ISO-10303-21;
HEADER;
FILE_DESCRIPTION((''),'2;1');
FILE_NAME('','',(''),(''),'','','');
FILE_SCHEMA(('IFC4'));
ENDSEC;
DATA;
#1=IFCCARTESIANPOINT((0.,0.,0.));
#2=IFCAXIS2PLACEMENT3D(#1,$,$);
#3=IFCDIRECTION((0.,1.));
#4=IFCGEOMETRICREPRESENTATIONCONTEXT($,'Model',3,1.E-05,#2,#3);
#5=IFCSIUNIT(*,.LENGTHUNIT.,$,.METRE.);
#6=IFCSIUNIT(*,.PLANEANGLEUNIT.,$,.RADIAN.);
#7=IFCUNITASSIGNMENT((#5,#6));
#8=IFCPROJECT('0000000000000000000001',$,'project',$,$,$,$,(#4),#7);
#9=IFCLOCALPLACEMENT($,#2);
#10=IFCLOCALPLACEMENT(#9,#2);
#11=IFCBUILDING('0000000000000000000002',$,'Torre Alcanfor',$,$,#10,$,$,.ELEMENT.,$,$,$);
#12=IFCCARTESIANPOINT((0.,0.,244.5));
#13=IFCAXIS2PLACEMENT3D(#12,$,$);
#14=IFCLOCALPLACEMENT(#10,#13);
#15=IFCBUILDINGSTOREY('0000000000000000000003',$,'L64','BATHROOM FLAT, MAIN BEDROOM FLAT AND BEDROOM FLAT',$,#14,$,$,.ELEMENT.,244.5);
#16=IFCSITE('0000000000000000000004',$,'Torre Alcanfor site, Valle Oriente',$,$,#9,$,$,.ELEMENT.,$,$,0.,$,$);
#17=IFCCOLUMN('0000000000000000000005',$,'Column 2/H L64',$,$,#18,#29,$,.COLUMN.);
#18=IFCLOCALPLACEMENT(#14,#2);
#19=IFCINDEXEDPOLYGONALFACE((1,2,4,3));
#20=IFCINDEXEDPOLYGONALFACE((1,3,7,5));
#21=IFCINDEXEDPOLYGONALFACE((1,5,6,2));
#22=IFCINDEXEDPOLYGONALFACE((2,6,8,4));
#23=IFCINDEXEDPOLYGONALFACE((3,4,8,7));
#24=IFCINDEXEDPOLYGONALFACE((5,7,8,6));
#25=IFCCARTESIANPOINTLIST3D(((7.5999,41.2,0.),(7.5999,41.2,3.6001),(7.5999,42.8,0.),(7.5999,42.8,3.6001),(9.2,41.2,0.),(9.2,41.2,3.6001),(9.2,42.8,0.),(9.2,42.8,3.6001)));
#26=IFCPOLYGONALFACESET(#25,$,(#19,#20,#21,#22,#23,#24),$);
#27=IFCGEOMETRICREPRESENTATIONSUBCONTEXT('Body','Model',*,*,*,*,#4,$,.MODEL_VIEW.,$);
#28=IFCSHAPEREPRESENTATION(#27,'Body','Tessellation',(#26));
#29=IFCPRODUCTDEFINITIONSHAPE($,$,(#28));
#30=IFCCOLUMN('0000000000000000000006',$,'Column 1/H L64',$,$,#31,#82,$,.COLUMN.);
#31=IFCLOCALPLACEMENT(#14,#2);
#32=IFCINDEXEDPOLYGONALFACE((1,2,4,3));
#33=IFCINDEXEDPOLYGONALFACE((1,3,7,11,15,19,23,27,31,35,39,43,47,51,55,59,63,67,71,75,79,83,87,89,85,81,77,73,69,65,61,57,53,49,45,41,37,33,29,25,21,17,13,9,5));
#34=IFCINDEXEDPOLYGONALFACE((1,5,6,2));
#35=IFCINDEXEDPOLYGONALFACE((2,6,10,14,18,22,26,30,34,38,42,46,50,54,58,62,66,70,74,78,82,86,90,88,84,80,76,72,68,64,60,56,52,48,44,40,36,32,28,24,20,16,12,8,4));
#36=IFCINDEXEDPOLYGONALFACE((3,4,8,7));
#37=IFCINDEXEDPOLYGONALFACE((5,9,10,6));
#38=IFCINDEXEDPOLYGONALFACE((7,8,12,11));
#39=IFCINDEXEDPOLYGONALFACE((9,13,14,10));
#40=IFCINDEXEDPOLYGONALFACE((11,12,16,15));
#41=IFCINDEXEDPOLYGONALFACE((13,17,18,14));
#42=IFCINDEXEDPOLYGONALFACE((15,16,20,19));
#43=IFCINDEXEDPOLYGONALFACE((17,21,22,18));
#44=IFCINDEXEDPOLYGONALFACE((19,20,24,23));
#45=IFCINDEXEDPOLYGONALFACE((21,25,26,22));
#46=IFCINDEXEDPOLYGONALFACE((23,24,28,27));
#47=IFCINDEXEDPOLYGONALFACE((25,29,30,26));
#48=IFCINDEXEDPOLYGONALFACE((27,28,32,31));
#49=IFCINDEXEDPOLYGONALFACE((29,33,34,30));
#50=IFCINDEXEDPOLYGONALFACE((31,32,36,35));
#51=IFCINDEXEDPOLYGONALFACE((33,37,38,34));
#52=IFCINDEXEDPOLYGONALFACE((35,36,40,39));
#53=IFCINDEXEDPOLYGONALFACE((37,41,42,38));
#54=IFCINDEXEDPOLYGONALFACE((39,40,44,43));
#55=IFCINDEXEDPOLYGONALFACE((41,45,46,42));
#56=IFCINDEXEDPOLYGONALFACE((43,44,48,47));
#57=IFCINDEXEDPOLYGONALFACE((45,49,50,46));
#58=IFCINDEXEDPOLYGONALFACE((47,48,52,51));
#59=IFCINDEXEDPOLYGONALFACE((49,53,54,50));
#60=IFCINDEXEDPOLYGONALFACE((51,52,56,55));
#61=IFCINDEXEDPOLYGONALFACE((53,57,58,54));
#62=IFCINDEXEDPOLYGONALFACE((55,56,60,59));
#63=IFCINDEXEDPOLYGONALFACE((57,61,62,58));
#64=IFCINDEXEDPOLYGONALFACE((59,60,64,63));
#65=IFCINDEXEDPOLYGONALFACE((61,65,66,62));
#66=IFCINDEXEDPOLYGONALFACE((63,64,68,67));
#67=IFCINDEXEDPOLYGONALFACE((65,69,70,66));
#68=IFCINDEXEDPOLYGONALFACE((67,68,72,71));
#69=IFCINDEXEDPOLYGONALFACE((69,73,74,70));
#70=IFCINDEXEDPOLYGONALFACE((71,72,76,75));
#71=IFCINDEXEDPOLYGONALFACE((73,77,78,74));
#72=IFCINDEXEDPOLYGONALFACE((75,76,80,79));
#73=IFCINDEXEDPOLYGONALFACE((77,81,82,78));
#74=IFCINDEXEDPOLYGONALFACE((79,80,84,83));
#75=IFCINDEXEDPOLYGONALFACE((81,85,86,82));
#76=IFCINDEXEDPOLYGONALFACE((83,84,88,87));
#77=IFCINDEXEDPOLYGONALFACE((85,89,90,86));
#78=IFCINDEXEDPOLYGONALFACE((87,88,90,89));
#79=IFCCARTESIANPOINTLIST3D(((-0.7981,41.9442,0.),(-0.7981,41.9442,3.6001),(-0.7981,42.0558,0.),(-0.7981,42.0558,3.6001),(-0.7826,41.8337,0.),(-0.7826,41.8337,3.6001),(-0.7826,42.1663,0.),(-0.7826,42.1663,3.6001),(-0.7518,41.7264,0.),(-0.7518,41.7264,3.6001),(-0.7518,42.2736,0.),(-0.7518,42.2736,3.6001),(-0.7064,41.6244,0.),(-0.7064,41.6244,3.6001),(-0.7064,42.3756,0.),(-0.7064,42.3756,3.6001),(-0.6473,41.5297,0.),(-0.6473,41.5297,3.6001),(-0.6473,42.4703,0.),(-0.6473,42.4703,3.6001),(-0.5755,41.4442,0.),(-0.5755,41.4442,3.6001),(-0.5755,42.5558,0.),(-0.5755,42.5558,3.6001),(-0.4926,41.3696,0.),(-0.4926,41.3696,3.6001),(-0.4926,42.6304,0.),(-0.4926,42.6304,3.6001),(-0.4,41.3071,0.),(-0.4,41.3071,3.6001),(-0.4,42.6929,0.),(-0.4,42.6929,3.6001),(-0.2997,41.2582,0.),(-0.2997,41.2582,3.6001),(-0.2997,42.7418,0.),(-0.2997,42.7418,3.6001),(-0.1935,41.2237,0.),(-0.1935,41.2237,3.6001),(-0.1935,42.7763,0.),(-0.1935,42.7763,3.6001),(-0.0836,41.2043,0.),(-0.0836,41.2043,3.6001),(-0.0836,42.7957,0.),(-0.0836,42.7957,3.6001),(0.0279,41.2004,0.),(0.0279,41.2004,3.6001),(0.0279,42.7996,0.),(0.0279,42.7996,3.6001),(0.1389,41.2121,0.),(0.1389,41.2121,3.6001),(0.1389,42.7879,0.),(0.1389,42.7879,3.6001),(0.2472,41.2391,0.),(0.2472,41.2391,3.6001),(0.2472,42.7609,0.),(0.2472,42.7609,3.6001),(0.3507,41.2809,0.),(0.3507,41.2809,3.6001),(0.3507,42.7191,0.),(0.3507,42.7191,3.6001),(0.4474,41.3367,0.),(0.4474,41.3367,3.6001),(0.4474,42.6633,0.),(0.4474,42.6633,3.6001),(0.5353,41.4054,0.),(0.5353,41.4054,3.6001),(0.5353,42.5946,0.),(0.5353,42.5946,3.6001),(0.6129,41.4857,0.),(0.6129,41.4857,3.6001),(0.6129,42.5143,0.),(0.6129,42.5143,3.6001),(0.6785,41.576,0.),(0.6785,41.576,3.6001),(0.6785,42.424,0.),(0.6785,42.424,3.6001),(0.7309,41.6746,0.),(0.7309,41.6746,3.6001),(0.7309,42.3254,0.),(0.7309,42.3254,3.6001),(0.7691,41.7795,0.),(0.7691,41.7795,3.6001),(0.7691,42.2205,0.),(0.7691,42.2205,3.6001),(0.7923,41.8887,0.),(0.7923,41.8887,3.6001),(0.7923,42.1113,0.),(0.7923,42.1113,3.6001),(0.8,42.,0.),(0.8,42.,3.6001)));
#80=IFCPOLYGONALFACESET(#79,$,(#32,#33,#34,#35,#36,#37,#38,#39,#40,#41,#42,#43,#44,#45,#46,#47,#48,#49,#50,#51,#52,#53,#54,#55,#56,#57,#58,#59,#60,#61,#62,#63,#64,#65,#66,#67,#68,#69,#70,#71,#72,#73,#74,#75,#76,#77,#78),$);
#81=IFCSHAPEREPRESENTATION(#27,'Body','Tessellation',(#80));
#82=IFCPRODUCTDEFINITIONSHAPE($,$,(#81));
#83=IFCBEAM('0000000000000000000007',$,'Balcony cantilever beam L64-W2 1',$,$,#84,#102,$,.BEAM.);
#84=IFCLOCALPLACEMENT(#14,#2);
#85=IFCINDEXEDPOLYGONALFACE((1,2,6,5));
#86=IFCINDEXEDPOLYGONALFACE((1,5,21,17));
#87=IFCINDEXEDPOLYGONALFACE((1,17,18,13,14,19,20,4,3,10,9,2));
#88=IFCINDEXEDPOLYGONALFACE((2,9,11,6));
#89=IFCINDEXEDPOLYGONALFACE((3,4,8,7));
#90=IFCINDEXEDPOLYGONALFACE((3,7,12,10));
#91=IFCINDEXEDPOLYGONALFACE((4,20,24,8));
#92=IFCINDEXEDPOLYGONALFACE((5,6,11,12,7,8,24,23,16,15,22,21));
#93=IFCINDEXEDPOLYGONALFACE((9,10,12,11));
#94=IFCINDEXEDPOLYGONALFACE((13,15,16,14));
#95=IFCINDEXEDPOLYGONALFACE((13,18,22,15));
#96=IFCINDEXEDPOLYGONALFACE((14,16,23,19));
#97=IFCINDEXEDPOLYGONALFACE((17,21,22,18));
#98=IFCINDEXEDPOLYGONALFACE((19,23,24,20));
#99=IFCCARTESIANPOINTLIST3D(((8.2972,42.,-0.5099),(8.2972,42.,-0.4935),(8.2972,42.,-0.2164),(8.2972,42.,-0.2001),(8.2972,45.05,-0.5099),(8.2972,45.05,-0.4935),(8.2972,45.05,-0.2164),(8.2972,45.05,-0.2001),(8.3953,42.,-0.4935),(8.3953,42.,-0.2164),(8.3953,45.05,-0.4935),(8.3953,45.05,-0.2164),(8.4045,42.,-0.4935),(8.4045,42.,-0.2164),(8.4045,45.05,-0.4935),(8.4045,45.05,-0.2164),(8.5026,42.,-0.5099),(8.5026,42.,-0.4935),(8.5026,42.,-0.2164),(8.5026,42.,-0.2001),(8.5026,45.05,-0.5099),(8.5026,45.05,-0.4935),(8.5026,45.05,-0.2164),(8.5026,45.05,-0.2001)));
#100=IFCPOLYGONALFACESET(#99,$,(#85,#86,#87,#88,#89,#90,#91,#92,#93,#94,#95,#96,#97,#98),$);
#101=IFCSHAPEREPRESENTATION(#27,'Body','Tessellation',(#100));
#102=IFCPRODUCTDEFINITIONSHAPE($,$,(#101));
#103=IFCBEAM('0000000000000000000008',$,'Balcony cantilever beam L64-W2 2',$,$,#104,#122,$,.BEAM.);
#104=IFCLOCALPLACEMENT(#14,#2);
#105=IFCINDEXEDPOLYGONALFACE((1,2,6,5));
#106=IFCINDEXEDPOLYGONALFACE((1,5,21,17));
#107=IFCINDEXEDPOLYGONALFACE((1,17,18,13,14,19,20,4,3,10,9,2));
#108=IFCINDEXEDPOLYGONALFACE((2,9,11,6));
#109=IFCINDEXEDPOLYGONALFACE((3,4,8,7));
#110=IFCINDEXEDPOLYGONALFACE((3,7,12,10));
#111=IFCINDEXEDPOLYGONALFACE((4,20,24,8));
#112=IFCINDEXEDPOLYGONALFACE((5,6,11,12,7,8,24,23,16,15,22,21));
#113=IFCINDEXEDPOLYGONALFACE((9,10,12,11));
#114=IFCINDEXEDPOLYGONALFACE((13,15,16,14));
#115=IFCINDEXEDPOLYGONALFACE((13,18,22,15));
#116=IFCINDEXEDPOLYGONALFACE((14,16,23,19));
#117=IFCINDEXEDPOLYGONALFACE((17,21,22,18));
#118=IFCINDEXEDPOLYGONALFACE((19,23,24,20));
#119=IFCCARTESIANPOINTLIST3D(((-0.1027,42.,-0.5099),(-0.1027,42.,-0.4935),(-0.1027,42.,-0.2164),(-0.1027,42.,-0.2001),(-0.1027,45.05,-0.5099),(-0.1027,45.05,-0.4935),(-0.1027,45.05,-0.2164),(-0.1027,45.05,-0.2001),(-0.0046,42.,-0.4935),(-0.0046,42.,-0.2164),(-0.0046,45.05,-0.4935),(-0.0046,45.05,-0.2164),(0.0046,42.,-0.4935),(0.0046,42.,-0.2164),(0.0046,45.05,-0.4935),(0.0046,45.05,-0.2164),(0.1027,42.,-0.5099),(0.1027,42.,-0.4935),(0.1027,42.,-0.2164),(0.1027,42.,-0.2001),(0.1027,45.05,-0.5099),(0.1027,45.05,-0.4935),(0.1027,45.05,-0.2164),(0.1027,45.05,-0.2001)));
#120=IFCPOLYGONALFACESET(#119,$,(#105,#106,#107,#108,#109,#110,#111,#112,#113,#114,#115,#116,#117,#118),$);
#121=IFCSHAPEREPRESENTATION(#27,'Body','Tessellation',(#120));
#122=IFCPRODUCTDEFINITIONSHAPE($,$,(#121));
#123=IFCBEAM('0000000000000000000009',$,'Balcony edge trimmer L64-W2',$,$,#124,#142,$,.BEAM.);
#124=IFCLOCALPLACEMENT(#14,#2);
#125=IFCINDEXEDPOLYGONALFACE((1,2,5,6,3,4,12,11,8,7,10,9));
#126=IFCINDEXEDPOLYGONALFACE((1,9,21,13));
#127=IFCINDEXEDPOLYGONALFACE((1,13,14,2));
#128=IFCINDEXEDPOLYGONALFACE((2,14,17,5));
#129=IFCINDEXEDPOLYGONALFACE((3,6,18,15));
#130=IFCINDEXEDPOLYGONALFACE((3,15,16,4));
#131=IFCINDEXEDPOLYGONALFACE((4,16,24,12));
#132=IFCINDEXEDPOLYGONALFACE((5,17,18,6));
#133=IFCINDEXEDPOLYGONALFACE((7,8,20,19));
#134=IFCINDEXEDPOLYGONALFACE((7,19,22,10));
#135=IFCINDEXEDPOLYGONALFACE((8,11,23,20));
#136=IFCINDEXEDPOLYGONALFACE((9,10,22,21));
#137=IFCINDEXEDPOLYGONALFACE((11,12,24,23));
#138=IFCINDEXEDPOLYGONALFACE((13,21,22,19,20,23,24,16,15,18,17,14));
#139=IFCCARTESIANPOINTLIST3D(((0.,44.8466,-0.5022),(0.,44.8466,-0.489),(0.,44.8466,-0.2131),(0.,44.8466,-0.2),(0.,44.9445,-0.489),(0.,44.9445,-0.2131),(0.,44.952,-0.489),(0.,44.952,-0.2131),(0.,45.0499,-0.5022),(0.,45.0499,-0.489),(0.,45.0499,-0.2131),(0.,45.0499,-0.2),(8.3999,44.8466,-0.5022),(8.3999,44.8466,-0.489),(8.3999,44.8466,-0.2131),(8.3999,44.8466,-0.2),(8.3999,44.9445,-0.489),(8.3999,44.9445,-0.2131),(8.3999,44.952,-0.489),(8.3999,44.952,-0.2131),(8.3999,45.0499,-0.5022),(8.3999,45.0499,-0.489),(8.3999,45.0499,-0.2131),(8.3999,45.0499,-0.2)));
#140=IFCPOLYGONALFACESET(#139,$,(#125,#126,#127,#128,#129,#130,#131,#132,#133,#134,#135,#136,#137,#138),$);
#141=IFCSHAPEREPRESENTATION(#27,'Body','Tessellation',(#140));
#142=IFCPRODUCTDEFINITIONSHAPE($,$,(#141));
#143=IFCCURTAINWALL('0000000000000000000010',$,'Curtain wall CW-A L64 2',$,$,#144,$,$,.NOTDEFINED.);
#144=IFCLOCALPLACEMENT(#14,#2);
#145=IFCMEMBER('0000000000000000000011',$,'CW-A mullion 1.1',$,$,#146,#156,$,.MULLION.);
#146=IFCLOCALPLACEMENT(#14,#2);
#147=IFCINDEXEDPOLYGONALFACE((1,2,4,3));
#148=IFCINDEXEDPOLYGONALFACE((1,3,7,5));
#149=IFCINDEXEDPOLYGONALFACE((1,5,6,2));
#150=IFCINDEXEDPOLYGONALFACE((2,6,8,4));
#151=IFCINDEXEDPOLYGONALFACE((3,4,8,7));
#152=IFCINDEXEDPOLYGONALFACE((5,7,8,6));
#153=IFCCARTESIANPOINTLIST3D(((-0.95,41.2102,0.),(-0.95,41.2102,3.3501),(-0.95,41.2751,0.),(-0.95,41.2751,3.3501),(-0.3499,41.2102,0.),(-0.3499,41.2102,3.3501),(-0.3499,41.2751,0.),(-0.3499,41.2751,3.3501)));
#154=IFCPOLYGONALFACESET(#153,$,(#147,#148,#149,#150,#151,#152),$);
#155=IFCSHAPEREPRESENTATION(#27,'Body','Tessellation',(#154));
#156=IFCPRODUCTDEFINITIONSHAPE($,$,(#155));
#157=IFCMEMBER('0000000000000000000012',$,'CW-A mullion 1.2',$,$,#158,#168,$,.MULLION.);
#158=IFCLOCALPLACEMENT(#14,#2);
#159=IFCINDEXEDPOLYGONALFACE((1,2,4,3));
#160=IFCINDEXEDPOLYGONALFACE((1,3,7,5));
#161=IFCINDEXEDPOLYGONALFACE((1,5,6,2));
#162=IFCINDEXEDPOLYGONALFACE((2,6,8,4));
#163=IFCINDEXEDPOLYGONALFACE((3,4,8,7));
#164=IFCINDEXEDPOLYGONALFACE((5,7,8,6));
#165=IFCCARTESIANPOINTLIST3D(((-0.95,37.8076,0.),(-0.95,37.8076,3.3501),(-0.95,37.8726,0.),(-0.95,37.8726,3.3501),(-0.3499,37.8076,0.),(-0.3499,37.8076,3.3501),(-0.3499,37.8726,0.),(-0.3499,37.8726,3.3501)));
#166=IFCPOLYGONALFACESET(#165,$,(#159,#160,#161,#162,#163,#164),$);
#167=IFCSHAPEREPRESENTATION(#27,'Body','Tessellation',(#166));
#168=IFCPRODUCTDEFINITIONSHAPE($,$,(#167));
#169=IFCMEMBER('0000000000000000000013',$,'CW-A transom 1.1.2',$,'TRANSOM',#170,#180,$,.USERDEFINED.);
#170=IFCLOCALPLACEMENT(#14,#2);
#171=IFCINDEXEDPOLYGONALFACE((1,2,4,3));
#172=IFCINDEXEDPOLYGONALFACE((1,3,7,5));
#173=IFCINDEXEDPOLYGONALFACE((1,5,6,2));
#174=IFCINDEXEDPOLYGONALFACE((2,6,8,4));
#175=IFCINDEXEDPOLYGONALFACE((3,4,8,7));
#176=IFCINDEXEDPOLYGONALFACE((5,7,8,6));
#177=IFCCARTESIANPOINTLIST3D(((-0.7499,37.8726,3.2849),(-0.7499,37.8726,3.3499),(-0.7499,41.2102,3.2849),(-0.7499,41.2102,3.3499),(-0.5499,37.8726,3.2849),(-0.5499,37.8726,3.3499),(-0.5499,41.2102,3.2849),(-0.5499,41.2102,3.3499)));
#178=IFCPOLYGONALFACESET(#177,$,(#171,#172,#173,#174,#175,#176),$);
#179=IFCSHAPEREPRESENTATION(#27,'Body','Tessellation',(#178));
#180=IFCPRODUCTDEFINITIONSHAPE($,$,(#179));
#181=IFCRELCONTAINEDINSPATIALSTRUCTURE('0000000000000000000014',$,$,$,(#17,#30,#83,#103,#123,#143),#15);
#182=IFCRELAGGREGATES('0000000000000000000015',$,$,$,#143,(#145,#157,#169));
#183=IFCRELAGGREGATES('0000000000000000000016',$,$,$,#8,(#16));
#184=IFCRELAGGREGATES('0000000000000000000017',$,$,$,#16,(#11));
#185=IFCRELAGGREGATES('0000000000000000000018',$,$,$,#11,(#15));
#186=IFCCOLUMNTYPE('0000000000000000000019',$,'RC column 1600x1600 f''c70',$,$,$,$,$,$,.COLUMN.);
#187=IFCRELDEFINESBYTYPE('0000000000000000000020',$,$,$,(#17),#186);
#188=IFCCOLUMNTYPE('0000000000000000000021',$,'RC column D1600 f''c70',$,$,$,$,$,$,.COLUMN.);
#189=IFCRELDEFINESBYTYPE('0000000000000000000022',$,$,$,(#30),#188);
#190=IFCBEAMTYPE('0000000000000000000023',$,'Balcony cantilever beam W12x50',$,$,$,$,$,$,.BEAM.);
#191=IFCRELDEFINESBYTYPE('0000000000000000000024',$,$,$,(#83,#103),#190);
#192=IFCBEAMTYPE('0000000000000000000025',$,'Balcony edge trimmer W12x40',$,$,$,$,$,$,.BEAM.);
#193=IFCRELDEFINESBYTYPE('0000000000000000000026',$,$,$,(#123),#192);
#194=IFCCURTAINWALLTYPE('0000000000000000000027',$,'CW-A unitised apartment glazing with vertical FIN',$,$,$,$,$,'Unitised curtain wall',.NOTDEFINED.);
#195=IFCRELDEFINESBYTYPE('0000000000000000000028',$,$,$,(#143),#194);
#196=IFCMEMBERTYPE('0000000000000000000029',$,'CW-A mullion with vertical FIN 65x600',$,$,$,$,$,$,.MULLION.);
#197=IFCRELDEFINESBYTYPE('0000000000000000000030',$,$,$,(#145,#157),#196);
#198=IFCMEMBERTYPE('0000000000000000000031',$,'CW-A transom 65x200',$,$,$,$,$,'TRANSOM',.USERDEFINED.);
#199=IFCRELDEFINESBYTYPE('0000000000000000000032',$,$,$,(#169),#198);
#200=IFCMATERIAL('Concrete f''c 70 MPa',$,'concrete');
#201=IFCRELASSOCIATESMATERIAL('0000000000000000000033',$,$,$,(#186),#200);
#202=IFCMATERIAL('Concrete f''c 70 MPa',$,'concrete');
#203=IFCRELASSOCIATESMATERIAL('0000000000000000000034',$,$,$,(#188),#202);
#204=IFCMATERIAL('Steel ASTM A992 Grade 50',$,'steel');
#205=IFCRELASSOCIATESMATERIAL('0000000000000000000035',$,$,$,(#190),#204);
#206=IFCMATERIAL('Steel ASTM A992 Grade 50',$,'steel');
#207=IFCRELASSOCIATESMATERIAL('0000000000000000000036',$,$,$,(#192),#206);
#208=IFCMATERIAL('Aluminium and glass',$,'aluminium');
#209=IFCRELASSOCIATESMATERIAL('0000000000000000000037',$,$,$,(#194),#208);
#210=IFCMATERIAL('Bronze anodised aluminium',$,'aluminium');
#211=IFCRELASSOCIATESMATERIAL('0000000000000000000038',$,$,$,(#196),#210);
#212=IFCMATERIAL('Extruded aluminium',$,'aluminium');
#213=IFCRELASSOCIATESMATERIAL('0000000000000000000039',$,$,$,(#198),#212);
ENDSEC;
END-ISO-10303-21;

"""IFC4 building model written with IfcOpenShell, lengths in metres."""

from ifc_helpers import new_model, si_unit, direction, frame, origin, origin_2d, place, context, subcontext, project, spatial, rectangle, circle, i_section, extrude, material, material_profile, profile_set, type_object, element, aggregate, save


model = new_model("IFC4")

# Units and contexts
model_context = context("Model", 3, precision=1e-05, world=origin(), true_north=direction((0.0, 1.0)))
body_context = subcontext(model_context, "Body", "Model", "MODEL_VIEW")
ifc_project = project(units=[si_unit("LENGTHUNIT", "METRE"), si_unit("PLANEANGLEUNIT", "RADIAN")], contexts=[model_context])

# Site, building, storey
site_placement = place(None, origin())
site = spatial("IfcSite", under=ifc_project, at=site_placement, Name="Torre Alcanfor site, Valle Oriente", CompositionType="ELEMENT", RefElevation=0.0)
building_placement = place(site_placement, origin())
building = spatial("IfcBuilding", under=site, at=building_placement, Name="Torre Alcanfor", CompositionType="ELEMENT")
storey_placement = place(building_placement, frame((0.0, 0.0, 244.5)))
storey = spatial("IfcBuildingStorey", under=building, at=storey_placement, Name="L64", Description="BATHROOM FLAT, MAIN BEDROOM FLAT AND BEDROOM FLAT", CompositionType="ELEMENT", Elevation=244.5)

# Columns
ifc_material_1 = material(Name="Concrete f'c 70 MPa", Category="concrete")
ifc_material_profile_1 = material_profile(ifc_material_1, rectangle(XDim=1.6001, YDim=1.6001, at=origin_2d()), Name="1600x1600")
ifc_profile_set_1 = profile_set([ifc_material_profile_1], Name="Concrete f'c 70 MPa")
column_type_1 = type_object("IfcColumnType", Name="RC column 1600x1600 f'c70", PredefinedType="COLUMN", material=ifc_profile_set_1)
column_1_placement = place(storey_placement, frame((8.3999, 42.0, 0.0), z_axis=(0.0, 0.0, 1.0), x_axis=(1.0, 0.0, 0.0)))
element("IfcColumn", 1, at=column_1_placement, inside=storey, type_object=column_type_1, Name="Column 2/H L64", PredefinedType="COLUMN", context=body_context, shape_type="SweptSolid", body=[
    extrude(rectangle(XDim=1.6001, YDim=1.6001, at=origin_2d()), origin(), (0.0, 0.0, 1.0), 3.6001),
])
ifc_material_2 = material(Name="Concrete f'c 70 MPa", Category="concrete")
ifc_material_profile_2 = material_profile(ifc_material_2, circle(Radius=0.8, at=origin_2d()), Name="D1600")
ifc_profile_set_2 = profile_set([ifc_material_profile_2], Name="Concrete f'c 70 MPa")
column_type_2 = type_object("IfcColumnType", Name="RC column D1600 f'c70", PredefinedType="COLUMN", material=ifc_profile_set_2)
column_2_placement = place(storey_placement, frame((0.0, 42.0, 0.0), z_axis=(0.0, 0.0, 1.0), x_axis=(1.0, 0.0, 0.0)))
element("IfcColumn", 2, at=column_2_placement, inside=storey, type_object=column_type_2, Name="Column 1/H L64", PredefinedType="COLUMN", context=body_context, shape_type="SweptSolid", body=[
    extrude(circle(Radius=0.8, at=origin_2d()), origin(), (0.0, 0.0, 1.0), 3.6001),
])

# Beams
ifc_material_3 = material(Name="Steel ASTM A992 Grade 50", Category="steel")
ifc_material_profile_3 = material_profile(ifc_material_3, i_section(OverallWidth=0.2053, OverallDepth=0.3098, WebThickness=0.0093, FlangeThickness=0.0164, at=origin_2d()), Name="W12x50")
ifc_profile_set_3 = profile_set([ifc_material_profile_3], Name="Steel ASTM A992 Grade 50")
beam_type_1 = type_object("IfcBeamType", Name="Balcony cantilever beam W12x50", PredefinedType="BEAM", material=ifc_profile_set_3)
for number, where, z_axis, x_axis, name in (
    (3, (8.3999, 42.0, -0.355), (0.0, 1.0, 0.0), (-1.0, 0.0, 0.0), "Balcony cantilever beam L64-W2 1"),
    (4, (0.0, 42.0, -0.355), (0.0, 1.0, 0.0), (-1.0, 0.0, 0.0), "Balcony cantilever beam L64-W2 2"),
):
    element("IfcBeam", number, at=place(storey_placement, frame(where, z_axis=z_axis, x_axis=x_axis)), inside=storey, type_object=beam_type_1, Name=name, PredefinedType="BEAM", context=body_context, shape_type="SweptSolid", body=[
        extrude(i_section(OverallWidth=0.2053, OverallDepth=0.3098, WebThickness=0.0093, FlangeThickness=0.0164, at=origin_2d()), origin(), (0.0, 0.0, 1.0), 3.05),
    ])
ifc_material_4 = material(Name="Steel ASTM A992 Grade 50", Category="steel")
ifc_material_profile_4 = material_profile(ifc_material_4, i_section(OverallWidth=0.2034, OverallDepth=0.3022, WebThickness=0.0076, FlangeThickness=0.0132, at=origin_2d()), Name="W12x40")
ifc_profile_set_4 = profile_set([ifc_material_profile_4], Name="Steel ASTM A992 Grade 50")
beam_type_2 = type_object("IfcBeamType", Name="Balcony edge trimmer W12x40", PredefinedType="BEAM", material=ifc_profile_set_4)
beam_1_placement = place(storey_placement, frame((8.3999, 44.9482, -0.3511), z_axis=(-1.0, 0.0, 0.0), x_axis=(0.0, -1.0, 0.0)))
element("IfcBeam", 5, at=beam_1_placement, inside=storey, type_object=beam_type_2, Name="Balcony edge trimmer L64-W2", PredefinedType="BEAM", context=body_context, shape_type="SweptSolid", body=[
    extrude(i_section(OverallWidth=0.2034, OverallDepth=0.3022, WebThickness=0.0076, FlangeThickness=0.0132, at=origin_2d()), origin(), (0.0, 0.0, 1.0), 8.3999),
])

# Curtain wall, members
ifc_material_5 = material(Name="Aluminium and glass", Category="aluminium")
curtain_wall_type = type_object("IfcCurtainWallType", Name="CW-A unitised apartment glazing with vertical FIN", ElementType="Unitised curtain wall", PredefinedType="NOTDEFINED", material=ifc_material_5)
curtain_wall_placement = place(storey_placement, origin())
curtain_wall = element("IfcCurtainWall", 6, at=curtain_wall_placement, inside=storey, type_object=curtain_wall_type, Name="Curtain wall CW-A L64 2", PredefinedType="NOTDEFINED")
ifc_material_6 = material(Name="Bronze anodised aluminium", Category="aluminium")
ifc_material_profile_5 = material_profile(ifc_material_6, rectangle(XDim=0.6001, YDim=0.0649, at=origin_2d()), Name="CW-A mullion 65x600")
ifc_profile_set_5 = profile_set([ifc_material_profile_5], Name="Bronze anodised aluminium")
member_type_1 = type_object("IfcMemberType", Name="CW-A mullion with vertical FIN 65x600", PredefinedType="MULLION", material=ifc_profile_set_5)
member_1_placement = place(storey_placement, frame((-0.6499, 41.2427, 0.0), z_axis=(0.0, 0.0, 1.0), x_axis=(1.0, 0.0, 0.0)))
member_1 = element("IfcMember", 7, at=member_1_placement, type_object=member_type_1, Name="CW-A mullion 1.1", PredefinedType="MULLION", context=body_context, shape_type="SweptSolid", body=[
    extrude(rectangle(XDim=0.6001, YDim=0.0649, at=origin_2d()), origin(), (0.0, 0.0, 1.0), 3.3501),
])
member_2_placement = place(storey_placement, frame((-0.6499, 37.8401, 0.0), z_axis=(0.0, 0.0, 1.0), x_axis=(1.0, 0.0, 0.0)))
member_2 = element("IfcMember", 8, at=member_2_placement, type_object=member_type_1, Name="CW-A mullion 1.2", PredefinedType="MULLION", context=body_context, shape_type="SweptSolid", body=[
    extrude(rectangle(XDim=0.6001, YDim=0.0649, at=origin_2d()), origin(), (0.0, 0.0, 1.0), 3.3501),
])
ifc_material_7 = material(Name="Extruded aluminium", Category="aluminium")
ifc_material_profile_6 = material_profile(ifc_material_7, rectangle(XDim=0.2, YDim=0.0649, at=origin_2d()), Name="CW-A transom 200x65")
ifc_profile_set_6 = profile_set([ifc_material_profile_6], Name="Extruded aluminium")
member_type_2 = type_object("IfcMemberType", Name="CW-A transom 65x200", ElementType="TRANSOM", PredefinedType="USERDEFINED", material=ifc_profile_set_6)
member_3_placement = place(storey_placement, frame((-0.6499, 41.2102, 3.3174), z_axis=(0.0, -1.0, 0.0), x_axis=(1.0, 0.0, 0.0)))
member_3 = element("IfcMember", 9, at=member_3_placement, type_object=member_type_2, Name="CW-A transom 1.1.2", ObjectType="TRANSOM", PredefinedType="USERDEFINED", context=body_context, shape_type="SweptSolid", body=[
    extrude(rectangle(XDim=0.2, YDim=0.0649, at=origin_2d()), origin(), (0.0, 0.0, 1.0), 3.3376),
])

aggregate(curtain_wall, [member_1, member_2, member_3])

save(model, "model.ifc")
